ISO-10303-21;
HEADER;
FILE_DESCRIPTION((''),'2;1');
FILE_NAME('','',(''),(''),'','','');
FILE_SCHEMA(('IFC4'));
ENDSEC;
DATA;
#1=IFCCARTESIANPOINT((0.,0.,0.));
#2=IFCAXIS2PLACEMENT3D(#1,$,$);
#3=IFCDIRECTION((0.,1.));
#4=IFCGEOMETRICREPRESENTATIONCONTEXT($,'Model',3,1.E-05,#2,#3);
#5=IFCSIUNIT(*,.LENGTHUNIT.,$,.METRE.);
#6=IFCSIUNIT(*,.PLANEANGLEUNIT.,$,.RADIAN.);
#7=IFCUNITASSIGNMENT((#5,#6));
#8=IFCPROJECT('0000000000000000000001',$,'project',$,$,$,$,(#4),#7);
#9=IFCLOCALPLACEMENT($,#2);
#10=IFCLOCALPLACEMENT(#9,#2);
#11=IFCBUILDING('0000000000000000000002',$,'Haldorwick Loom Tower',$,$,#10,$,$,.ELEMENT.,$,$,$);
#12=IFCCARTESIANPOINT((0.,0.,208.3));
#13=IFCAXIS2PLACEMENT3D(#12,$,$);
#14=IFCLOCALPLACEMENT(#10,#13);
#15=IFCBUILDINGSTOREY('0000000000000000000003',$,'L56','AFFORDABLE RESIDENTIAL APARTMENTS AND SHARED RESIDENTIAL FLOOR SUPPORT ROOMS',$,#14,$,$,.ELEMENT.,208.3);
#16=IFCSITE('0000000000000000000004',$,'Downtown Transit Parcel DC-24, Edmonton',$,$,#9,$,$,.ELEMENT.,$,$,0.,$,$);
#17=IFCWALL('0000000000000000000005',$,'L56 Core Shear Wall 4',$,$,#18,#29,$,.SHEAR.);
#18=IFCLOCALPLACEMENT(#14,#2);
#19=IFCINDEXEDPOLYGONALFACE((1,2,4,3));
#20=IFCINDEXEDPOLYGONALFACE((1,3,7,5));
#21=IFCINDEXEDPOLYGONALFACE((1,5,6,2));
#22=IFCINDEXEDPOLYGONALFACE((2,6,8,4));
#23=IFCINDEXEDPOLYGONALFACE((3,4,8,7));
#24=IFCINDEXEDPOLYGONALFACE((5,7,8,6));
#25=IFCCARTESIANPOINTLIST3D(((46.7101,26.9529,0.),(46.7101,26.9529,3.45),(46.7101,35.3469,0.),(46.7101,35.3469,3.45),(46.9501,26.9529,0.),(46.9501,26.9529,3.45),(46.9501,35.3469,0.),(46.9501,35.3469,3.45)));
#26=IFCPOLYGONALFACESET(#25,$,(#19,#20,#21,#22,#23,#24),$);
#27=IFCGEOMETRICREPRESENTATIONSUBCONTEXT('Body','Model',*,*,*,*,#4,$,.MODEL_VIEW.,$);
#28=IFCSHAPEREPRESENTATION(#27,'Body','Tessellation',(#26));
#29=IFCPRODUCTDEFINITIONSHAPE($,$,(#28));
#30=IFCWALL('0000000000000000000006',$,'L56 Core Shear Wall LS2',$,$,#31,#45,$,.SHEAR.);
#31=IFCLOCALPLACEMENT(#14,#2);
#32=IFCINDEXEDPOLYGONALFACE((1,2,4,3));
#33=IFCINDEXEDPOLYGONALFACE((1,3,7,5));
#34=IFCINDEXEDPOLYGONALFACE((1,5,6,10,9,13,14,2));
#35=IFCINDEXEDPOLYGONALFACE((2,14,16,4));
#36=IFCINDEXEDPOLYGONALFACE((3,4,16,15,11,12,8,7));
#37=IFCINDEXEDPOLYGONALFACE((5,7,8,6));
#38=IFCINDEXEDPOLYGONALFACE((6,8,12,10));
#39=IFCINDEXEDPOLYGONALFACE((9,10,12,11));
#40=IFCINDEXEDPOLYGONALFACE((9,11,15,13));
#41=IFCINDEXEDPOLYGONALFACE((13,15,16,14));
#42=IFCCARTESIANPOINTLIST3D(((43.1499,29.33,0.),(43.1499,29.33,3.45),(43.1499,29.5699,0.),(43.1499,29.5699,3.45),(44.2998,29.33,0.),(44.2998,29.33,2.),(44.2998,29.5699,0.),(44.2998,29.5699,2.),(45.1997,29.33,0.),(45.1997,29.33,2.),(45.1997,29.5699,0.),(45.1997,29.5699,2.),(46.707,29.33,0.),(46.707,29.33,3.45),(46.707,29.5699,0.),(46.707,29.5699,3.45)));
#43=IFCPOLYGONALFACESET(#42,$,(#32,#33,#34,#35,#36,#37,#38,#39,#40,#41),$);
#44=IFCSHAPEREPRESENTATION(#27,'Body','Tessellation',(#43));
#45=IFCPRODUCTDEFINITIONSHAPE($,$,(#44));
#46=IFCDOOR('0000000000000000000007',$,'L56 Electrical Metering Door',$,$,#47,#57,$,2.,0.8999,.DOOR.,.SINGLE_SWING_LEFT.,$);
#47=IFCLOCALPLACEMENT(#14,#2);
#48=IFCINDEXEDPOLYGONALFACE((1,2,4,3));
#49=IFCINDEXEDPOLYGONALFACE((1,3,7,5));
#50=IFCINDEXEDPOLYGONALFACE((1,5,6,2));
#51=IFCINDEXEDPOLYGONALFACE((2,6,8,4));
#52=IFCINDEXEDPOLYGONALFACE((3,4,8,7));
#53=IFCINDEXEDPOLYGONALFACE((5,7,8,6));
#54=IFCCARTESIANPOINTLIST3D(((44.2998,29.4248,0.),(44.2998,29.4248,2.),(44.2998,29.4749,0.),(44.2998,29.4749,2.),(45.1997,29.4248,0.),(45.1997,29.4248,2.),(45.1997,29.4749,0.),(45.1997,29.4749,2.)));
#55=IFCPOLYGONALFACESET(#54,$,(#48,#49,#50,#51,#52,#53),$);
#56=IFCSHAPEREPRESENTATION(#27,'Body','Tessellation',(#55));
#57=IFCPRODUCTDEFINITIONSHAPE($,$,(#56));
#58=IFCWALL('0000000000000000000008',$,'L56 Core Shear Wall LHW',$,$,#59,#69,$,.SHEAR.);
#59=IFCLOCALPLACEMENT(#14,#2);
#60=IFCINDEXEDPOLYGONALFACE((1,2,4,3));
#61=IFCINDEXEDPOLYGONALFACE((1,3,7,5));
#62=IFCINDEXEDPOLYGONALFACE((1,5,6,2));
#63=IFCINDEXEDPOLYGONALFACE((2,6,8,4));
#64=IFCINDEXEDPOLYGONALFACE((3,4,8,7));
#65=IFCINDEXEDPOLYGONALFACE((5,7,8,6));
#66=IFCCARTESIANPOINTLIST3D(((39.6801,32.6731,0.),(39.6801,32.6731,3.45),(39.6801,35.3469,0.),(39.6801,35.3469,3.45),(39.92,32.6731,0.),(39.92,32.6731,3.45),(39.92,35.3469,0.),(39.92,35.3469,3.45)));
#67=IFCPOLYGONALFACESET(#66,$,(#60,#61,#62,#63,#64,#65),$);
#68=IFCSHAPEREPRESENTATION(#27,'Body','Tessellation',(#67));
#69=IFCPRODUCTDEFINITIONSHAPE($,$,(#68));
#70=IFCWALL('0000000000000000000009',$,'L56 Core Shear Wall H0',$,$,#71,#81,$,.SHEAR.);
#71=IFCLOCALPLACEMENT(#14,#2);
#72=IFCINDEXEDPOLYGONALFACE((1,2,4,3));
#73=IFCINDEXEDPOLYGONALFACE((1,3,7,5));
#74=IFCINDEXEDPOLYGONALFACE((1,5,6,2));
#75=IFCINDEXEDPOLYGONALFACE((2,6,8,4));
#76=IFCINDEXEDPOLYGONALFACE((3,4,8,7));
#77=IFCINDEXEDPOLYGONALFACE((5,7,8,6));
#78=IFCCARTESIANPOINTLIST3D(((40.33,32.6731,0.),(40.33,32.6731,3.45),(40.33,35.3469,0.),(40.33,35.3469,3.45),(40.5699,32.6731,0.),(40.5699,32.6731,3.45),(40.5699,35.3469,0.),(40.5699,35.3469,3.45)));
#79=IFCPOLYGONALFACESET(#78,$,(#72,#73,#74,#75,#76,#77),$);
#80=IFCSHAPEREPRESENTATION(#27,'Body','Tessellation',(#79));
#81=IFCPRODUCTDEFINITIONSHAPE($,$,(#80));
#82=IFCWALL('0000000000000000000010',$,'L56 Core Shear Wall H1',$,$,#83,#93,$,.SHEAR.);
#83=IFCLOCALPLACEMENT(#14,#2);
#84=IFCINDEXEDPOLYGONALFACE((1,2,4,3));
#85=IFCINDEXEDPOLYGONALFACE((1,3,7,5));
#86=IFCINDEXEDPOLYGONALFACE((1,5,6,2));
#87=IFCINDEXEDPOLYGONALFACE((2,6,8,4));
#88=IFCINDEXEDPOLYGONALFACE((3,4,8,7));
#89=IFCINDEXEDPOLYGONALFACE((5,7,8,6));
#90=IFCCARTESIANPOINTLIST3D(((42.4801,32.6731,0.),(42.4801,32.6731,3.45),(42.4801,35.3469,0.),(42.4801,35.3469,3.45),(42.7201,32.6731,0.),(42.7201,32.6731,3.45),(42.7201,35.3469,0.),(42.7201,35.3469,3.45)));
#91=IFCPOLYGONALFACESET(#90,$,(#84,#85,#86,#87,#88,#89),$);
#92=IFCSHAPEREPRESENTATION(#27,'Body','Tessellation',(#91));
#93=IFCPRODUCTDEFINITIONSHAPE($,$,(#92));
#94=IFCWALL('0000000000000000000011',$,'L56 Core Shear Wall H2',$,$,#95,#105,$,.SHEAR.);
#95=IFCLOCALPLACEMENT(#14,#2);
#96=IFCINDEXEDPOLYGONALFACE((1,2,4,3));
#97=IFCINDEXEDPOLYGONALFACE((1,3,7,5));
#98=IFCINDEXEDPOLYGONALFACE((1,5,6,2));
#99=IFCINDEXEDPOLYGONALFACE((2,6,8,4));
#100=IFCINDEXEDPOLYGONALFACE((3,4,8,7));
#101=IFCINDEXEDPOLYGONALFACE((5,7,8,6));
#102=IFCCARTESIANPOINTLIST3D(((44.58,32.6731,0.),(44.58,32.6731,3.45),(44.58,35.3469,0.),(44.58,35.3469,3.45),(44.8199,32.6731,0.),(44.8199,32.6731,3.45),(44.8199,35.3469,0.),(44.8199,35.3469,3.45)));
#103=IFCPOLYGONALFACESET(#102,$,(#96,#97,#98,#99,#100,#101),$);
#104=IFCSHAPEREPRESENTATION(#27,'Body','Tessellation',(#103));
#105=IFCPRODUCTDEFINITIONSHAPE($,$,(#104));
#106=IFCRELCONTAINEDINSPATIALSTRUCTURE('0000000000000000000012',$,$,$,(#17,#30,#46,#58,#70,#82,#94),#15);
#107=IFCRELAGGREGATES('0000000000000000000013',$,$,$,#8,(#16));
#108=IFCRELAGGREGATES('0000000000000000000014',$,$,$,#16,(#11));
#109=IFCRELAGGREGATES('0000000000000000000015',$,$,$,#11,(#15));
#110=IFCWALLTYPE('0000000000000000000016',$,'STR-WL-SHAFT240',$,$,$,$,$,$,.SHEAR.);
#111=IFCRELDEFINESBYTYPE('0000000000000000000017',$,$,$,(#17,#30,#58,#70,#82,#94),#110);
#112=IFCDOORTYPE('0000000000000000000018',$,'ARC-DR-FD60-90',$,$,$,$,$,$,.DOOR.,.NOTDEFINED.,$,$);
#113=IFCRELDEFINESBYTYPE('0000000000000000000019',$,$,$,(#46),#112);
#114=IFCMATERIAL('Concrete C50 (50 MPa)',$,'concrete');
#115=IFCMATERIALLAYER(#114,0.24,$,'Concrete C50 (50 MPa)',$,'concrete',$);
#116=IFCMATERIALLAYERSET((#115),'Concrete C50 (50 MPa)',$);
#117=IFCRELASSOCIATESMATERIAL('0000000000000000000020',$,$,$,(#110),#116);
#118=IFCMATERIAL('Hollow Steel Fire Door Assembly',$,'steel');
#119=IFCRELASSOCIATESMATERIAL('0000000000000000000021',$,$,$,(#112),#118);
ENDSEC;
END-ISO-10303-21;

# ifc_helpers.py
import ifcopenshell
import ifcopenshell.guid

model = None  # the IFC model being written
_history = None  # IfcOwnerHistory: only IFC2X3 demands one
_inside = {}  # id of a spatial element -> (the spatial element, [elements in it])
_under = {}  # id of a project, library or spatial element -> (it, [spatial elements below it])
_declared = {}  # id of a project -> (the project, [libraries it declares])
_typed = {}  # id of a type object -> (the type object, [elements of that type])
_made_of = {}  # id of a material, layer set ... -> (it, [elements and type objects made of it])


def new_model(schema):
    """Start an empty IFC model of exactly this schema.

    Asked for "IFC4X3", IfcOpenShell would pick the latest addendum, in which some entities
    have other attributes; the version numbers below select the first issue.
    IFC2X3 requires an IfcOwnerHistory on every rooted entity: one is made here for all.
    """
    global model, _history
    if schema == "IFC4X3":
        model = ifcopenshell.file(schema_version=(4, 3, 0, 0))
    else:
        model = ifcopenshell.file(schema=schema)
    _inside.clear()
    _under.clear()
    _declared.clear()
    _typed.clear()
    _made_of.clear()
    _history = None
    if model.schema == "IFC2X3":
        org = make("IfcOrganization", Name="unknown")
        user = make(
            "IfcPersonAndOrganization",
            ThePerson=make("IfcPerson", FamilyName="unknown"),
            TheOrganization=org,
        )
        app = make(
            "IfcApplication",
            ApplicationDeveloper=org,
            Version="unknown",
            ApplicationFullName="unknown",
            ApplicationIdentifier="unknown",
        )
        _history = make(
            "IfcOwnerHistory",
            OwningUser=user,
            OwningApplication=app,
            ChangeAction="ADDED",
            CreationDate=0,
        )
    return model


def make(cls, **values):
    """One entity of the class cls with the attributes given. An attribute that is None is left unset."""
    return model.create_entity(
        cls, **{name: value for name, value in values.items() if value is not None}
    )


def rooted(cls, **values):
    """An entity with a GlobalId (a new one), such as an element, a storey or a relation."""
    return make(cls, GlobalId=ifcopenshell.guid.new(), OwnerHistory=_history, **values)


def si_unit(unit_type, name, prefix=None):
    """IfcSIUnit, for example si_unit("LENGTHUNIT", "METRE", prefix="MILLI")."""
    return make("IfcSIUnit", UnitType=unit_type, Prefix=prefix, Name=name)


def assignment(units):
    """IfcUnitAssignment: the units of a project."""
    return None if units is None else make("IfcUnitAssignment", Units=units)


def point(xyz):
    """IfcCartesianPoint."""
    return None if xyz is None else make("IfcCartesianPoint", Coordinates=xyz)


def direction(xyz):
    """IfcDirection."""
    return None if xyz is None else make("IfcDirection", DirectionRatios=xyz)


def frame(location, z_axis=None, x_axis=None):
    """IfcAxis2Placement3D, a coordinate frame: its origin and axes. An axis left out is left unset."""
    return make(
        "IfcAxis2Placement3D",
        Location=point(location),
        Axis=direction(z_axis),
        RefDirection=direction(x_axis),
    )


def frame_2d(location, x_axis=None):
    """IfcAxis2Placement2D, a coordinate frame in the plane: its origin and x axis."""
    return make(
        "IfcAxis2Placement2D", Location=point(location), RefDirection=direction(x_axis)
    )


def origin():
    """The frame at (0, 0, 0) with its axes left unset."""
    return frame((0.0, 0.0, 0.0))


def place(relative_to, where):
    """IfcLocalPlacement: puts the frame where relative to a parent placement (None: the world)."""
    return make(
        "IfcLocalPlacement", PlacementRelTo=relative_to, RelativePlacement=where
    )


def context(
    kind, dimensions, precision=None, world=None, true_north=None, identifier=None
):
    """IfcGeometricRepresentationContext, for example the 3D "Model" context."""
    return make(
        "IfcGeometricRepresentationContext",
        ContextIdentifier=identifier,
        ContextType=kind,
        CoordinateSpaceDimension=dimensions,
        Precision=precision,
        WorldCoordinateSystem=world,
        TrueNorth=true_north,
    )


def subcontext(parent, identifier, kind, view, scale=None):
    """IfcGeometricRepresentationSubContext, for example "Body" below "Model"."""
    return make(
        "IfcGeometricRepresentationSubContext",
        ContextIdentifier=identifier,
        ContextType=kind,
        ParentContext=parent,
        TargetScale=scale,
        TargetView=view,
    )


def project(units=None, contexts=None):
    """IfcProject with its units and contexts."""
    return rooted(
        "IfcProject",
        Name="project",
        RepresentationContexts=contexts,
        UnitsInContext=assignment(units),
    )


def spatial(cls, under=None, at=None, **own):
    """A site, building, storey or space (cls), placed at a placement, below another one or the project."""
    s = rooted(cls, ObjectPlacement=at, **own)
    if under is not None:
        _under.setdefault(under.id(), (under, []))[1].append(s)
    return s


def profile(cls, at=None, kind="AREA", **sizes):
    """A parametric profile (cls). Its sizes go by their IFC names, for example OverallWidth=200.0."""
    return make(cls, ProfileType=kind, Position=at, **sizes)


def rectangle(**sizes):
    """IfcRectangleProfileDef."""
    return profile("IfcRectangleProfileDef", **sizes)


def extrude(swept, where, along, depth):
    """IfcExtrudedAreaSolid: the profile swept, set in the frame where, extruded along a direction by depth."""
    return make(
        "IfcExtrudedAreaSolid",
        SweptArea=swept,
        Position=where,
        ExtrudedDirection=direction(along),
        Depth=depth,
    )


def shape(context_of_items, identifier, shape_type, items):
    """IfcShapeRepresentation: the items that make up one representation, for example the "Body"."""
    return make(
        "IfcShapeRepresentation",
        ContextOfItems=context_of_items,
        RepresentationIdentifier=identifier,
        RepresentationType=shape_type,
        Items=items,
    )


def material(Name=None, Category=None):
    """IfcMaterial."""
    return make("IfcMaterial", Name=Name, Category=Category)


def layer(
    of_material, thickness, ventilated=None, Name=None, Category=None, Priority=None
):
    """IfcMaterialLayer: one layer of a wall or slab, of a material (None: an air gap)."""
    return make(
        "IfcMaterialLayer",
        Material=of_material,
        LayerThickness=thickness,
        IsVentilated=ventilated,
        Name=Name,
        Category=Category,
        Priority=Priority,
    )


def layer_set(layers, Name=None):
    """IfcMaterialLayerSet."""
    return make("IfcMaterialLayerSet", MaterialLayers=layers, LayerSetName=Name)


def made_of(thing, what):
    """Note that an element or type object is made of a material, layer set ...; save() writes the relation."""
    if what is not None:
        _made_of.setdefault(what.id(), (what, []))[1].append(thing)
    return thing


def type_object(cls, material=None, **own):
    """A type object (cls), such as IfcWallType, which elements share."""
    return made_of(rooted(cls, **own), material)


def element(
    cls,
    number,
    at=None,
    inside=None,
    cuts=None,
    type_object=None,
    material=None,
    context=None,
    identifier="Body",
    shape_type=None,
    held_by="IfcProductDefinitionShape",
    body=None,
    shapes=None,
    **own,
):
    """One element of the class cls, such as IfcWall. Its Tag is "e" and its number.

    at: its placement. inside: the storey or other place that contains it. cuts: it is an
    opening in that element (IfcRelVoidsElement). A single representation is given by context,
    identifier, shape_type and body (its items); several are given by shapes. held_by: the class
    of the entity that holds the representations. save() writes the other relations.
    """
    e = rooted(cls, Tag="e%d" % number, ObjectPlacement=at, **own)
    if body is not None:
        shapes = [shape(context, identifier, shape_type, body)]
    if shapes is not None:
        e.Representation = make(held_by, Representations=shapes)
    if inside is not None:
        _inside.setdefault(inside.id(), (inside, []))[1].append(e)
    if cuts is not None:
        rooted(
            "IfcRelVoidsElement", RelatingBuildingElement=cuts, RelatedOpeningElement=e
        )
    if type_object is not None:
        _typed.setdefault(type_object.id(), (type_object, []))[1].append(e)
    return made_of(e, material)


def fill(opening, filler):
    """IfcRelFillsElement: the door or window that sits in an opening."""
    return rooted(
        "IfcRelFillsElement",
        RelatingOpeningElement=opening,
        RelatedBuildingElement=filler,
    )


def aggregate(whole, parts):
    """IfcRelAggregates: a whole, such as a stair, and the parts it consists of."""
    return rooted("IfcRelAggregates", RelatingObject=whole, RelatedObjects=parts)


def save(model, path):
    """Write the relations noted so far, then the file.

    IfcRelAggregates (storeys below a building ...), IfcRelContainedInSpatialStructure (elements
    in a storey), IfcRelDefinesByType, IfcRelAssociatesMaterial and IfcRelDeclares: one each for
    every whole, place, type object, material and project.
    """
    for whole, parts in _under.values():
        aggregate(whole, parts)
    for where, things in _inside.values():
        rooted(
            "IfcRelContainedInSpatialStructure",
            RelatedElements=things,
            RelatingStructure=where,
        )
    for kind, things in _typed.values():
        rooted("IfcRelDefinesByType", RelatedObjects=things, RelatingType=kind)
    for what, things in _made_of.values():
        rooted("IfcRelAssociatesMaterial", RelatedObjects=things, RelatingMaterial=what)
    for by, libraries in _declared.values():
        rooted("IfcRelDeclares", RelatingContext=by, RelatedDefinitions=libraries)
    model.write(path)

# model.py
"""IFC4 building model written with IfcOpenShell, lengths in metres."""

from ifc_helpers import new_model, si_unit, direction, frame, frame_2d, origin, place, context, subcontext, project, spatial, rectangle, extrude, material, layer, layer_set, type_object, element, fill, save


model = new_model("IFC4")

# Units and contexts
model_context = context("Model", 3, precision=1e-05, world=origin(), true_north=direction((0.0, 1.0)))
body_context = subcontext(model_context, "Body", "Model", "MODEL_VIEW")
ifc_project = project(units=[si_unit("LENGTHUNIT", "METRE"), si_unit("PLANEANGLEUNIT", "RADIAN")], contexts=[model_context])

# Site, building, storey
site_placement = place(None, origin())
site = spatial("IfcSite", under=ifc_project, at=site_placement, Name="Downtown Transit Parcel DC-24, Edmonton", CompositionType="ELEMENT", RefElevation=0.0)
building_placement = place(site_placement, origin())
building = spatial("IfcBuilding", under=site, at=building_placement, Name="Haldorwick Loom Tower", CompositionType="ELEMENT")
storey_placement = place(building_placement, frame((0.0, 0.0, 208.3)))
storey = spatial("IfcBuildingStorey", under=building, at=storey_placement, Name="L56", Description="AFFORDABLE RESIDENTIAL APARTMENTS AND SHARED RESIDENTIAL FLOOR SUPPORT ROOMS", CompositionType="ELEMENT", Elevation=208.3)

# Shared definitions
ifc_material_1 = material(Name="Concrete C50 (50 MPa)", Category="concrete")

# Wall
ifc_layer_1 = layer(ifc_material_1, 0.24, Name="Concrete C50 (50 MPa)", Category="concrete")
ifc_layer_set_1 = layer_set([ifc_layer_1], Name="Concrete C50 (50 MPa)")
wall_type_1 = type_object("IfcWallType", Name="STR-WL-SHAFT240", PredefinedType="SHEAR", material=ifc_layer_set_1)
wall_1_placement = place(storey_placement, frame((46.8301, 26.9529, 0.0), z_axis=(0.0, 0.0, 1.0), x_axis=(0.0, 1.0, 0.0)))
element("IfcWall", 1, at=wall_1_placement, inside=storey, type_object=wall_type_1, Name="L56 Core Shear Wall 4", PredefinedType="SHEAR", context=body_context, shape_type="SweptSolid", body=[
    extrude(rectangle(XDim=8.394, YDim=0.24, at=frame_2d((4.197, 0.0))), origin(), (0.0, 0.0, 1.0), 3.45),
])

# Wall, opening, door
wall_2_placement = place(storey_placement, frame((43.1499, 29.45, 0.0), z_axis=(0.0, 0.0, 1.0), x_axis=(1.0, 0.0, 0.0)))
wall_2 = element("IfcWall", 2, at=wall_2_placement, inside=storey, type_object=wall_type_1, Name="L56 Core Shear Wall LS2", PredefinedType="SHEAR", context=body_context, shape_type="SweptSolid", body=[
    extrude(rectangle(XDim=3.5571, YDim=0.24, at=frame_2d((1.7786, 0.0))), origin(), (0.0, 0.0, 1.0), 3.45),
])
opening_1_placement = place(wall_2_placement, frame((1.1499, 0.0, 0.0)))
opening_1 = element("IfcOpeningElement", 3, at=opening_1_placement, cuts=wall_2, PredefinedType="OPENING", context=body_context, shape_type="SweptSolid", body=[
    extrude(rectangle(XDim=0.8999, YDim=2.0, at=frame_2d((0.45, 1.0))), frame((0.0, 0.1299, 0.0), z_axis=(0.0, -1.0, 0.0), x_axis=(1.0, 0.0, 0.0)), (0.0, 0.0, 1.0), 0.26),
])
ifc_material_2 = material(Name="Hollow Steel Fire Door Assembly", Category="steel")
door_type = type_object("IfcDoorType", Name="ARC-DR-FD60-90", OperationType="NOTDEFINED", PredefinedType="DOOR", material=ifc_material_2)
door_placement = place(opening_1_placement, origin())
door = element("IfcDoor", 4, at=door_placement, inside=storey, type_object=door_type, Name="L56 Electrical Metering Door", OperationType="SINGLE_SWING_LEFT", OverallHeight=2.0, OverallWidth=0.8999, PredefinedType="DOOR", context=body_context, shape_type="SweptSolid", body=[
    extrude(rectangle(XDim=0.8999, YDim=2.0, at=frame_2d((0.45, 1.0))), frame((0.0, 0.0249, 0.0), z_axis=(0.0, -1.0, 0.0), x_axis=(1.0, 0.0, 0.0)), (0.0, 0.0, 1.0), 0.05),
])
fill(opening_1, door)

# Walls
for number, where, z_axis, x_axis, name in (
    (5, (39.8, 32.6731, 0.0), (0.0, 0.0, 1.0), (0.0, 1.0, 0.0), "L56 Core Shear Wall LHW"),
    (6, (40.45, 32.6731, 0.0), (0.0, 0.0, 1.0), (0.0, 1.0, 0.0), "L56 Core Shear Wall H0"),
    (7, (42.6001, 32.6731, 0.0), (0.0, 0.0, 1.0), (0.0, 1.0, 0.0), "L56 Core Shear Wall H1"),
    (8, (44.7, 32.6731, 0.0), (0.0, 0.0, 1.0), (0.0, 1.0, 0.0), "L56 Core Shear Wall H2"),
):
    element("IfcWall", number, at=place(storey_placement, frame(where, z_axis=z_axis, x_axis=x_axis)), inside=storey, type_object=wall_type_1, Name=name, PredefinedType="SHEAR", context=body_context, shape_type="SweptSolid", body=[
        extrude(rectangle(XDim=2.6738, YDim=0.24, at=frame_2d((1.3369, 0.0))), origin(), (0.0, 0.0, 1.0), 3.45),
    ])

save(model, "model.ifc")
